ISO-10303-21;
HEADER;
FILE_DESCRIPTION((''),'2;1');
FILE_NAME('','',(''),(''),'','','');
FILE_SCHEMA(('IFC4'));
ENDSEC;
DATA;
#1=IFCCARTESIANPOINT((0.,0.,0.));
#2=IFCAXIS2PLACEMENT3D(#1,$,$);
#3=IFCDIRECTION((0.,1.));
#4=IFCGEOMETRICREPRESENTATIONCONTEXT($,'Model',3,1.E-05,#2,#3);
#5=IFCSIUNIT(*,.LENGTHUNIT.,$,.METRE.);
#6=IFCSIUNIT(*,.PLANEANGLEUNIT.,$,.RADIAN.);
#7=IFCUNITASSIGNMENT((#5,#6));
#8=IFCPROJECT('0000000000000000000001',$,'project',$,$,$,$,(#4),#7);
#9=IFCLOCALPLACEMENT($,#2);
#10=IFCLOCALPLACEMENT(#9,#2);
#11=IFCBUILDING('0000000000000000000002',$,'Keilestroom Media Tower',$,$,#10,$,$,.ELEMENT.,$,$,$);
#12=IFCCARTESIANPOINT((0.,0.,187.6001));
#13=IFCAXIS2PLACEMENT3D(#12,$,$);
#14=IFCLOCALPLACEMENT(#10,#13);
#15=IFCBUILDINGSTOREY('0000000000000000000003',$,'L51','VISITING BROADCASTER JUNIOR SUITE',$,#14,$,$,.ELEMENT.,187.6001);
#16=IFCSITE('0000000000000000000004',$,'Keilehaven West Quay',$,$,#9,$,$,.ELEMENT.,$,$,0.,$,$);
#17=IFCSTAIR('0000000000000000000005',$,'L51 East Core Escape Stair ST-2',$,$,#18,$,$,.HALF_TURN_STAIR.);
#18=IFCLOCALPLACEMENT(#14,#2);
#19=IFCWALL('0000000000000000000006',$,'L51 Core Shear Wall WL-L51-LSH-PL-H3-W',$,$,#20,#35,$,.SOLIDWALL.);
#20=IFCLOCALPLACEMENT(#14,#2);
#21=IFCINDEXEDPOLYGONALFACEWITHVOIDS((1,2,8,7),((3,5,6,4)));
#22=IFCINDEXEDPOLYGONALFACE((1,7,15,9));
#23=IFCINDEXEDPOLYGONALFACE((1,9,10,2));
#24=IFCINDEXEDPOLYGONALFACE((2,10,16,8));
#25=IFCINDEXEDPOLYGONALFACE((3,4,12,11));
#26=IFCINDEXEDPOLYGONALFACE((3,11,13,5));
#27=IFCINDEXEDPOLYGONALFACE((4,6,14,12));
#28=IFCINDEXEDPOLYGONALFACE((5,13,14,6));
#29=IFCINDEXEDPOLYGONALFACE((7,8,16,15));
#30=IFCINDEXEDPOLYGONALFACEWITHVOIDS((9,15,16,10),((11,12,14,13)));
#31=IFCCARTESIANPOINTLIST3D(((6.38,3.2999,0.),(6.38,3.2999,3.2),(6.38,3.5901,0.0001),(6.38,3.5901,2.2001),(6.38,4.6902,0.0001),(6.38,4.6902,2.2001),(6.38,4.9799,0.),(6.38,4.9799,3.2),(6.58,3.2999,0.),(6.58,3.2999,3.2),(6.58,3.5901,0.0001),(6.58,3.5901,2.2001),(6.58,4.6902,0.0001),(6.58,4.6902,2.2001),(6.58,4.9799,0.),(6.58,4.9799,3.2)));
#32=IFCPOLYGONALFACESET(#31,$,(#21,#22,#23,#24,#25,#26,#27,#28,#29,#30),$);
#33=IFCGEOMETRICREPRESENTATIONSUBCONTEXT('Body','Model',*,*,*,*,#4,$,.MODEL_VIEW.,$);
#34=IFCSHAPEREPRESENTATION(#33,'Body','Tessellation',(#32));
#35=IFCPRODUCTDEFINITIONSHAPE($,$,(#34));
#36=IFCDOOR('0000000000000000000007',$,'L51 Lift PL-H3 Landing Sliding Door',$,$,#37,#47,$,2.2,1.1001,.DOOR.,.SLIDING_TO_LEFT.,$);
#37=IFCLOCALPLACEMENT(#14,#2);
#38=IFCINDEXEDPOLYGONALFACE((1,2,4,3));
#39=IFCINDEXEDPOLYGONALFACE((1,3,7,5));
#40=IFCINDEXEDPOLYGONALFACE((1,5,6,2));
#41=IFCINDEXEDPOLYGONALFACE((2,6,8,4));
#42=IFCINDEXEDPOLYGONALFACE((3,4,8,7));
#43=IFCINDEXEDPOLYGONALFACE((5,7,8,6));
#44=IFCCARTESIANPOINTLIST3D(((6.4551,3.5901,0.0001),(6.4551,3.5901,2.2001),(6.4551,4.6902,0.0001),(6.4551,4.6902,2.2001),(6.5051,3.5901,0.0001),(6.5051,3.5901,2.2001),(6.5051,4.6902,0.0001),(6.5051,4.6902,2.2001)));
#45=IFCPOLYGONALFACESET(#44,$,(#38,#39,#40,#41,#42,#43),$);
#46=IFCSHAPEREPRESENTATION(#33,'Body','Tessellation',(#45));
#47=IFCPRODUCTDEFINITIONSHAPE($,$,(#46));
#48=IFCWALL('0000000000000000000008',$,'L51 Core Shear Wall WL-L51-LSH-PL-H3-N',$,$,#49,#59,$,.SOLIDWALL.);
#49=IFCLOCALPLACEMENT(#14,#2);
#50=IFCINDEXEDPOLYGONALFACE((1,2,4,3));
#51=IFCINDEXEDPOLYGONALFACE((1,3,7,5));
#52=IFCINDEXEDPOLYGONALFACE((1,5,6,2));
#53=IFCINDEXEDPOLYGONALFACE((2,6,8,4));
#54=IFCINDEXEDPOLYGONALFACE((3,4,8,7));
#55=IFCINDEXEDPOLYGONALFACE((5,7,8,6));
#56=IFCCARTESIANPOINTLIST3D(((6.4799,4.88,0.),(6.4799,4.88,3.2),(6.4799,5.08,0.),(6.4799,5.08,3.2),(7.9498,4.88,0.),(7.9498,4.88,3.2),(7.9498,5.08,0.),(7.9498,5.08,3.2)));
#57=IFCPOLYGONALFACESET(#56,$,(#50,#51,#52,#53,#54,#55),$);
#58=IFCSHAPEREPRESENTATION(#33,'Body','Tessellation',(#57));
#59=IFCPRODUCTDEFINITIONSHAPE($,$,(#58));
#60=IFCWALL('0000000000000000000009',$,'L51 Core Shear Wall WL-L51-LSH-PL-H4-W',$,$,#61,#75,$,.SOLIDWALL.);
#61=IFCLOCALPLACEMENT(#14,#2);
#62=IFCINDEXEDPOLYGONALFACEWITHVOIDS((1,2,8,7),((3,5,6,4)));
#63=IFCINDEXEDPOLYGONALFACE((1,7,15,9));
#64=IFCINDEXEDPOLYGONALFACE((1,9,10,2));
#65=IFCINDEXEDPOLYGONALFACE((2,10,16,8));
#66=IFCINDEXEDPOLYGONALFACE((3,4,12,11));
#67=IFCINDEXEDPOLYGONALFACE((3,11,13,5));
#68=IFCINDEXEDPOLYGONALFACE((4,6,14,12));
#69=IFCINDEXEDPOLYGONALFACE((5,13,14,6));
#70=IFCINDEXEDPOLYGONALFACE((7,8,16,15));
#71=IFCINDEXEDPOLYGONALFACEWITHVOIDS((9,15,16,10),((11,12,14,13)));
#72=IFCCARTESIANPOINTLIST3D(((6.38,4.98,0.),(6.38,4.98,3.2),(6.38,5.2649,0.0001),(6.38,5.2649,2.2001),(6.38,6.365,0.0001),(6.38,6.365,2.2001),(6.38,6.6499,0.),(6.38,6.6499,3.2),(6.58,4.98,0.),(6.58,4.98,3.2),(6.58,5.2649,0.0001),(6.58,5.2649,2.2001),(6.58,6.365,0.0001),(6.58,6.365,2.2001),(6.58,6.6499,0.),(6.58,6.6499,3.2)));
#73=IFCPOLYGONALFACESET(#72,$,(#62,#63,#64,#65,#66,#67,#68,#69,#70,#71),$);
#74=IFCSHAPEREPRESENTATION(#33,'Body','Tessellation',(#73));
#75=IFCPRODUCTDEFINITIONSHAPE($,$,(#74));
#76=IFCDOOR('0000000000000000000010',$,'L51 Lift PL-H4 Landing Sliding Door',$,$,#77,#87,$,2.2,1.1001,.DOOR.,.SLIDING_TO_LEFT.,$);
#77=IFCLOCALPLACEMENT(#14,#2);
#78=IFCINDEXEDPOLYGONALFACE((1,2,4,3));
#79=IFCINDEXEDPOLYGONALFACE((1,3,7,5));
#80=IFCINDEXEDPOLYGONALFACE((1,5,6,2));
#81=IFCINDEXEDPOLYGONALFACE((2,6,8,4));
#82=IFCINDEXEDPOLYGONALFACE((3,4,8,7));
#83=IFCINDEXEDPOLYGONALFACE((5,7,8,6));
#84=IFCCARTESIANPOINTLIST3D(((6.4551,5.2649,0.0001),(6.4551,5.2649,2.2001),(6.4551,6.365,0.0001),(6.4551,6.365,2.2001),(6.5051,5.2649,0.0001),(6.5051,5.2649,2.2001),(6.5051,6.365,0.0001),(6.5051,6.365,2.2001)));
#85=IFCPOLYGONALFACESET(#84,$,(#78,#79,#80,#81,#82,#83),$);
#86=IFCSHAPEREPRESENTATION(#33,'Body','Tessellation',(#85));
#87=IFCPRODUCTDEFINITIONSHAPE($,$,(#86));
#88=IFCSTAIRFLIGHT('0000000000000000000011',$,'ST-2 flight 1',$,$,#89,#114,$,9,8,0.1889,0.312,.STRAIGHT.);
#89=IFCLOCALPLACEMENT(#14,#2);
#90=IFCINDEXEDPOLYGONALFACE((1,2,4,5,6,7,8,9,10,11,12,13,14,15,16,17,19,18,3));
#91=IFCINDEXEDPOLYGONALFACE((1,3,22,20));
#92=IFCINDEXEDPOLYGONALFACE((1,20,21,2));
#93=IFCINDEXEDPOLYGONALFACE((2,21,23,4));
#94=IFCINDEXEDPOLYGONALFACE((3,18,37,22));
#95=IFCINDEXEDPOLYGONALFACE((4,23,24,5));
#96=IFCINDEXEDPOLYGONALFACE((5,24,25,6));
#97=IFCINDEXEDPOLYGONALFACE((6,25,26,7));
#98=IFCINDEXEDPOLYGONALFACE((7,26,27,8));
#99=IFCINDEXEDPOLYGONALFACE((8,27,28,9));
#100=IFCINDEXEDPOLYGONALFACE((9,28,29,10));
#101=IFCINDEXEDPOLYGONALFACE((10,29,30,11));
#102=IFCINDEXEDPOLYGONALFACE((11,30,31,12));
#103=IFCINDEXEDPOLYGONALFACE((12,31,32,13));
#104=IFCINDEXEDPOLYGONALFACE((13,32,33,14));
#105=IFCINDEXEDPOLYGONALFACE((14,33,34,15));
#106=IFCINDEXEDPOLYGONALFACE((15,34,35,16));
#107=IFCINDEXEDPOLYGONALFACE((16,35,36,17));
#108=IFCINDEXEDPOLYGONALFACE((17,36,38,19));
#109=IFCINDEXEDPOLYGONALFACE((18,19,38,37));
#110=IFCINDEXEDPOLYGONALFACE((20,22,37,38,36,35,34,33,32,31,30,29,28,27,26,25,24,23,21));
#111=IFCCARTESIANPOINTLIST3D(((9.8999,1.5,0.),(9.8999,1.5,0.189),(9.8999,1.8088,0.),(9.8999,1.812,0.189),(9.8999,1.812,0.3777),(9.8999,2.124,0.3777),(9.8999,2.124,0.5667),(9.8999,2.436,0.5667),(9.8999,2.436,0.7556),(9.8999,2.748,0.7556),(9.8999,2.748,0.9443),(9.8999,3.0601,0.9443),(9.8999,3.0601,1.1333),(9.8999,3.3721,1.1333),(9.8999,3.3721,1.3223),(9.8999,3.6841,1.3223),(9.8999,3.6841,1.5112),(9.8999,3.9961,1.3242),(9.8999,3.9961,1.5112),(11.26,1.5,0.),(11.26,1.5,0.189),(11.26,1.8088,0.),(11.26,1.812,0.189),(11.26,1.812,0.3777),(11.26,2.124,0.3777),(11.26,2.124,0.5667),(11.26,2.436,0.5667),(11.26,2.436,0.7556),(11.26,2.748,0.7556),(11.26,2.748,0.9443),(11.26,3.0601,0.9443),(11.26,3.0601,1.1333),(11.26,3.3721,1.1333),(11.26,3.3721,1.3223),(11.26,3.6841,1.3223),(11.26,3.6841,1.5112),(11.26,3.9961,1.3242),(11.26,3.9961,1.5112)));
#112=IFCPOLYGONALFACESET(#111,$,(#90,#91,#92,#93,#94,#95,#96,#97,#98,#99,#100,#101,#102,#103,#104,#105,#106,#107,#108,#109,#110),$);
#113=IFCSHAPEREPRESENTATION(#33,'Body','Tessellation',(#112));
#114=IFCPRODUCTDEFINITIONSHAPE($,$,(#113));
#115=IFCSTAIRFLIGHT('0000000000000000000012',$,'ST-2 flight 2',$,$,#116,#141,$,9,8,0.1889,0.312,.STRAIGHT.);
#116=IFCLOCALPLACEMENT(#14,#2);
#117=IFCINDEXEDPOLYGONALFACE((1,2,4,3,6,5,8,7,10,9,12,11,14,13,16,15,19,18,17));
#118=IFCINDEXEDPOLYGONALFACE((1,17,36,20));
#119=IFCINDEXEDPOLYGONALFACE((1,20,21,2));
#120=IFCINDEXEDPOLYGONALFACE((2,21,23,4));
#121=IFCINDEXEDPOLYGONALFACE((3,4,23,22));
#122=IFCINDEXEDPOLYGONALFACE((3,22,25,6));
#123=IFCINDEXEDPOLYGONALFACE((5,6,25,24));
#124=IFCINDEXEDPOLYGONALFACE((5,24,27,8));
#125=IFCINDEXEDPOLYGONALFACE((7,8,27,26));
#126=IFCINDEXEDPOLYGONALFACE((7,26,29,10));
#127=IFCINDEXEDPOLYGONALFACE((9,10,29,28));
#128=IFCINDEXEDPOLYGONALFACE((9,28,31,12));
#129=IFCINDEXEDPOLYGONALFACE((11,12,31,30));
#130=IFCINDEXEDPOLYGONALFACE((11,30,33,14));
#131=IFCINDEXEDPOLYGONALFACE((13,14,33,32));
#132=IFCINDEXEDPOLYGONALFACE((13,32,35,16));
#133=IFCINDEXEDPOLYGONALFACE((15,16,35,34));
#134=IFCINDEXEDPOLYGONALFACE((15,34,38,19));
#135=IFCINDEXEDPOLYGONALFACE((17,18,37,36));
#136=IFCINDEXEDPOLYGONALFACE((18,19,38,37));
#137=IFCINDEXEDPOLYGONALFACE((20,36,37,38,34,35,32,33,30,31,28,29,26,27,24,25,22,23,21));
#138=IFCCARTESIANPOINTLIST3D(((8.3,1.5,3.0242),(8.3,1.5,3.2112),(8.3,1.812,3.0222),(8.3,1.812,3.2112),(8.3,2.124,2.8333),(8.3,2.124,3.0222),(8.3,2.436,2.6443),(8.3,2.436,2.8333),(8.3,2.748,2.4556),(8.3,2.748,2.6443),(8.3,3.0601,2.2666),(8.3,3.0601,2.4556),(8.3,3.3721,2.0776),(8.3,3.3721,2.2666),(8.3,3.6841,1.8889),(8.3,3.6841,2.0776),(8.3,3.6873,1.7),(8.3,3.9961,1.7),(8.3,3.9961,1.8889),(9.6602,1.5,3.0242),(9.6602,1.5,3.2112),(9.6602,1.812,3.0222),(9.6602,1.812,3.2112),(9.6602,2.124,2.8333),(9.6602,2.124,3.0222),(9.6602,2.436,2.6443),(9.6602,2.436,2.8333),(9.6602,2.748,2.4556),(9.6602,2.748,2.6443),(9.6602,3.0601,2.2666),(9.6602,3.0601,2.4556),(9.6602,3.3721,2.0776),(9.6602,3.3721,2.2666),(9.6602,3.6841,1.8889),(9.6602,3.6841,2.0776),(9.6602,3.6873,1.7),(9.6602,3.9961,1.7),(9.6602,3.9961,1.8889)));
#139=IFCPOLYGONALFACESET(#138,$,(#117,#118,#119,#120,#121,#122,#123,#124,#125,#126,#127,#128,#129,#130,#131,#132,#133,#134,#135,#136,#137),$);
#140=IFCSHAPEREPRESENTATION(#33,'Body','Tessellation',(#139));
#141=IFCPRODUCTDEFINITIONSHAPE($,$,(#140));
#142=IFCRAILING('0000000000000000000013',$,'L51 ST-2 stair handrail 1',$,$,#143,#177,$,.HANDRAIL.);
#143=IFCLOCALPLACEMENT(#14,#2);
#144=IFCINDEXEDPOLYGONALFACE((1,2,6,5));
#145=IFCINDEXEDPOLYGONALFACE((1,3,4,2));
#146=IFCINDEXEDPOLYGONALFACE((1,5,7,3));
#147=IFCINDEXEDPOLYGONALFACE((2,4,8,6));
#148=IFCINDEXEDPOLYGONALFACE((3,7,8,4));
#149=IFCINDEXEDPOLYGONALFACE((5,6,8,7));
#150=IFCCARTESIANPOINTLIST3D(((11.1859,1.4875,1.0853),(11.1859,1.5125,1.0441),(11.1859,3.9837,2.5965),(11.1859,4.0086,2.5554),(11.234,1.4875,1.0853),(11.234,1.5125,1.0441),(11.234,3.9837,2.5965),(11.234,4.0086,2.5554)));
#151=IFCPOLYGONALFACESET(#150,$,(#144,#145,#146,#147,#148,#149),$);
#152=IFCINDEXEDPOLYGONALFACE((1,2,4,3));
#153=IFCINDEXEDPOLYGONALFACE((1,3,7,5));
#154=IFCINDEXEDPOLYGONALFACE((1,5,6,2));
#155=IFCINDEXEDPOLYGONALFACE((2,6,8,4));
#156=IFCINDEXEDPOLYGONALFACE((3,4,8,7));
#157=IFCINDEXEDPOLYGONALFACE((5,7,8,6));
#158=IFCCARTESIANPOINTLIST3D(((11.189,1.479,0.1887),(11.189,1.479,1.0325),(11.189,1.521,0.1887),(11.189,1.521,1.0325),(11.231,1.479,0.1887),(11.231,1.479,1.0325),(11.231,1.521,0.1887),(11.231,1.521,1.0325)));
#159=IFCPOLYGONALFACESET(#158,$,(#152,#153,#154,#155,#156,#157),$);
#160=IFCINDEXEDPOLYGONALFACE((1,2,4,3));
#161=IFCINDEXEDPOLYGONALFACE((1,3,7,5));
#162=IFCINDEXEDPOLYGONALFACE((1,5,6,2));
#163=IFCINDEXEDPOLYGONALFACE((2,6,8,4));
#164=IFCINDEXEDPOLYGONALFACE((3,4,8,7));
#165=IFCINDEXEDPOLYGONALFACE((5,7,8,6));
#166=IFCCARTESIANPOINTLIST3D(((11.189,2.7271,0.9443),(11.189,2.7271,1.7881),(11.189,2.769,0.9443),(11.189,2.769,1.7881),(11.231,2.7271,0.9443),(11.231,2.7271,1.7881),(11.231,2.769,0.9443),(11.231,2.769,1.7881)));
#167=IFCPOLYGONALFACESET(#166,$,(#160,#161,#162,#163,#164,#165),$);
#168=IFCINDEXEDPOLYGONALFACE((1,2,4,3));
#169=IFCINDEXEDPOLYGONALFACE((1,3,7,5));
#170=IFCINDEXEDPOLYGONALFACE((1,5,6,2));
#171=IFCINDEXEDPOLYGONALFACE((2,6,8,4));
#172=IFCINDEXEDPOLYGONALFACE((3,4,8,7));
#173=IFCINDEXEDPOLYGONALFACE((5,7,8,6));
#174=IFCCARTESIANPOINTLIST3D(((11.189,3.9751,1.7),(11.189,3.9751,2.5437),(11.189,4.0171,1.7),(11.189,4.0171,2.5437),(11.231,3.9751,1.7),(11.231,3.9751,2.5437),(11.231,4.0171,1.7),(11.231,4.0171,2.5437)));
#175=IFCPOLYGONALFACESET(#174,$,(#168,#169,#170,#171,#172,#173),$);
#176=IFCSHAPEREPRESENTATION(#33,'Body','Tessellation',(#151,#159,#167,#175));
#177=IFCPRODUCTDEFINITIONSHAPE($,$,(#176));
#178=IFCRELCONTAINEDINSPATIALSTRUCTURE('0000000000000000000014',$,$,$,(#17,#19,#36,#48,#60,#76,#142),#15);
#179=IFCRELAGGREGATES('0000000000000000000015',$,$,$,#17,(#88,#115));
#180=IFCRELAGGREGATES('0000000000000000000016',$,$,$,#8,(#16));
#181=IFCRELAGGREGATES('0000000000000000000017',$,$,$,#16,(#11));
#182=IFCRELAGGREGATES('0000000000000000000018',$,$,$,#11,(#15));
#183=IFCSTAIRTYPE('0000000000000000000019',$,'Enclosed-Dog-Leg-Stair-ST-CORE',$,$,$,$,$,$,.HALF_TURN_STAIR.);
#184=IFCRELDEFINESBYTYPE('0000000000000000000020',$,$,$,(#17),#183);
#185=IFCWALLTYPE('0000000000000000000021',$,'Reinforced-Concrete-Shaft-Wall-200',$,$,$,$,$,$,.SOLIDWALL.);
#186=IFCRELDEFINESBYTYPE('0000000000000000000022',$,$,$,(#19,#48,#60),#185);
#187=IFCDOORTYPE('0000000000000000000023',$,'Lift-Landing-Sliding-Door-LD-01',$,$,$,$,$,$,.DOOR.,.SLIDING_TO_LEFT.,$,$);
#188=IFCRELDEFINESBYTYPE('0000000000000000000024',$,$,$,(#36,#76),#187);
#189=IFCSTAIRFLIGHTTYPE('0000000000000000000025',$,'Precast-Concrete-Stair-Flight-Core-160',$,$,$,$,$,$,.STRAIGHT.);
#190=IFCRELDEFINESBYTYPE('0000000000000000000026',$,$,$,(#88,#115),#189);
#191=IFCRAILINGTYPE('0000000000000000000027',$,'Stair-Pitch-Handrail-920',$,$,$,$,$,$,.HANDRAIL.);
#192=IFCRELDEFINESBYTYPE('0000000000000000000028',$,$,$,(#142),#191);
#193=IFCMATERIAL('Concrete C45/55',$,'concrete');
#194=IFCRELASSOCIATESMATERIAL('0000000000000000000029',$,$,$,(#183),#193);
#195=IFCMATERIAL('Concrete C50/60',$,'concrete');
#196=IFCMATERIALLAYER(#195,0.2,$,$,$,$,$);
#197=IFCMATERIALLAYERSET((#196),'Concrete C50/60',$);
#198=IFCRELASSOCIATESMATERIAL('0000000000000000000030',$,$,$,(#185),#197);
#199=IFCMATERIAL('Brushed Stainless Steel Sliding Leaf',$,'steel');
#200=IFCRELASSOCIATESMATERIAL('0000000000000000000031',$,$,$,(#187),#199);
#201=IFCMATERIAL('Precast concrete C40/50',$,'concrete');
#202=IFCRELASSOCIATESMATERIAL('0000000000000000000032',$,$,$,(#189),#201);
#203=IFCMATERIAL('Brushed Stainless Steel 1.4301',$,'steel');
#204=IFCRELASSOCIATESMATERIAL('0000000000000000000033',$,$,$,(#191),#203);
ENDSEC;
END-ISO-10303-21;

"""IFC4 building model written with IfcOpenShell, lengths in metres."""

from ifc_helpers import new_model, si_unit, direction, frame, frame_2d, origin, origin_2d, place, context, subcontext, project, spatial, polyline, rectangle, outline, extrude, source, transform, mapped, material, layer, layer_set, type_object, element, fill, aggregate, save


model = new_model("IFC4")

# Units and contexts
model_context = context("Model", 3, precision=1e-05, world=origin(), true_north=direction((0.0, 1.0)))
body_context = subcontext(model_context, "Body", "Model", "MODEL_VIEW")
ifc_project = project(units=[si_unit("LENGTHUNIT", "METRE"), si_unit("PLANEANGLEUNIT", "RADIAN")], contexts=[model_context])

# Site, building, storey
site_placement = place(None, origin())
site = spatial("IfcSite", under=ifc_project, at=site_placement, Name="Keilehaven West Quay", CompositionType="ELEMENT", RefElevation=0.0)
building_placement = place(site_placement, origin())
building = spatial("IfcBuilding", under=site, at=building_placement, Name="Keilestroom Media Tower", CompositionType="ELEMENT")
storey_placement = place(building_placement, frame((0.0, 0.0, 187.6001)))
storey = spatial("IfcBuildingStorey", under=building, at=storey_placement, Name="L51", Description="VISITING BROADCASTER JUNIOR SUITE", CompositionType="ELEMENT", Elevation=187.6001)

# Stair
ifc_material_1 = material(Name="Concrete C45/55", Category="concrete")
stair_type = type_object("IfcStairType", Name="Enclosed-Dog-Leg-Stair-ST-CORE", PredefinedType="HALF_TURN_STAIR", material=ifc_material_1)
stair_1_placement = place(storey_placement, origin())
stair_1 = element("IfcStair", 1, at=stair_1_placement, inside=storey, type_object=stair_type, Name="L51 East Core Escape Stair ST-2", PredefinedType="HALF_TURN_STAIR")

# Shared definitions
ifc_material_2 = material(Name="Concrete C50/60", Category="concrete")
ifc_layer_1 = layer(ifc_material_2, 0.2)
ifc_layer_set_1 = layer_set([ifc_layer_1], Name="Concrete C50/60")
wall_type_1 = type_object("IfcWallType", Name="Reinforced-Concrete-Shaft-Wall-200", PredefinedType="SOLIDWALL", material=ifc_layer_set_1)

# Wall, opening, door
wall_1_placement = place(storey_placement, frame((6.48, 3.3, 0.0), z_axis=(0.0, 0.0, 1.0), x_axis=(0.0, 1.0, 0.0)))
wall_1 = element("IfcWall", 2, at=wall_1_placement, inside=storey, type_object=wall_type_1, Name="L51 Core Shear Wall WL-L51-LSH-PL-H3-W", PredefinedType="SOLIDWALL", context=body_context, shape_type="SweptSolid", body=[
    extrude(rectangle(XDim=1.6799, YDim=0.2, at=frame_2d((0.8398, 0.0))), origin(), (0.0, 0.0, 1.0), 3.2),
])
opening_1_placement = place(wall_1_placement, frame((0.29, 0.0, 0.0)))
opening_1 = element("IfcOpeningElement", 3, at=opening_1_placement, cuts=wall_1, PredefinedType="OPENING", context=body_context, shape_type="SweptSolid", body=[
    extrude(rectangle(XDim=1.1001, YDim=2.2, at=frame_2d((0.55, 1.1001))), frame((0.0, 0.1099, 0.0), z_axis=(0.0, -1.0, 0.0), x_axis=(1.0, 0.0, 0.0)), (0.0, 0.0, 1.0), 0.22),
])
ifc_material_3 = material(Name="Brushed Stainless Steel Sliding Leaf", Category="steel")
door_type_1 = type_object("IfcDoorType", Name="Lift-Landing-Sliding-Door-LD-01", OperationType="SLIDING_TO_LEFT", PredefinedType="DOOR", material=ifc_material_3)
shared_shape_1 = source(origin(), body_context, "Body", "SweptSolid", [
    extrude(rectangle(XDim=1.1001, YDim=2.2, at=frame_2d((0.55, 1.1001))), frame((0.0, 0.0249, 0.0), z_axis=(0.0, -1.0, 0.0), x_axis=(1.0, 0.0, 0.0)), (0.0, 0.0, 1.0), 0.05),
])
door_1_placement = place(opening_1_placement, origin())
door_1 = element("IfcDoor", 4, at=door_1_placement, inside=storey, type_object=door_type_1, Name="L51 Lift PL-H3 Landing Sliding Door", OperationType="SLIDING_TO_LEFT", OverallHeight=2.2, OverallWidth=1.1001, PredefinedType="DOOR", context=body_context, shape_type="MappedRepresentation", body=[
    mapped(shared_shape_1, transform((0.0, 0.0, 0.0), x_axis=(1.0, 0.0, 0.0), y_axis=(0.0, 1.0, 0.0), z_axis=(0.0, 0.0, 1.0), scale=1.0)),
])
fill(opening_1, door_1)

# Wall
wall_2_placement = place(storey_placement, frame((6.48, 4.98, 0.0), z_axis=(0.0, 0.0, 1.0), x_axis=(1.0, 0.0, 0.0)))
element("IfcWall", 5, at=wall_2_placement, inside=storey, type_object=wall_type_1, Name="L51 Core Shear Wall WL-L51-LSH-PL-H3-N", PredefinedType="SOLIDWALL", context=body_context, shape_type="SweptSolid", body=[
    extrude(rectangle(XDim=1.47, YDim=0.2, at=frame_2d((0.7349, 0.0))), origin(), (0.0, 0.0, 1.0), 3.2),
])

# Wall, opening, door
wall_3_placement = place(storey_placement, frame((6.48, 4.98, 0.0), z_axis=(0.0, 0.0, 1.0), x_axis=(0.0, 1.0, 0.0)))
wall_3 = element("IfcWall", 6, at=wall_3_placement, inside=storey, type_object=wall_type_1, Name="L51 Core Shear Wall WL-L51-LSH-PL-H4-W", PredefinedType="SOLIDWALL", context=body_context, shape_type="SweptSolid", body=[
    extrude(rectangle(XDim=1.6699, YDim=0.2, at=frame_2d((0.835, 0.0))), origin(), (0.0, 0.0, 1.0), 3.2),
])
opening_2_placement = place(wall_3_placement, frame((0.2849, 0.0, 0.0)))
opening_2 = element("IfcOpeningElement", 7, at=opening_2_placement, cuts=wall_3, PredefinedType="OPENING", context=body_context, shape_type="SweptSolid", body=[
    extrude(rectangle(XDim=1.1001, YDim=2.2, at=frame_2d((0.55, 1.1001))), frame((0.0, 0.1099, 0.0), z_axis=(0.0, -1.0, 0.0), x_axis=(1.0, 0.0, 0.0)), (0.0, 0.0, 1.0), 0.22),
])
door_2_placement = place(opening_2_placement, origin())
door_2 = element("IfcDoor", 8, at=door_2_placement, inside=storey, type_object=door_type_1, Name="L51 Lift PL-H4 Landing Sliding Door", OperationType="SLIDING_TO_LEFT", OverallHeight=2.2, OverallWidth=1.1001, PredefinedType="DOOR", context=body_context, shape_type="MappedRepresentation", body=[
    mapped(shared_shape_1, transform((0.0, 0.0, 0.0), x_axis=(1.0, 0.0, 0.0), y_axis=(0.0, 1.0, 0.0), z_axis=(0.0, 0.0, 1.0), scale=1.0)),
])
fill(opening_2, door_2)

# Stair flights
ifc_material_4 = material(Name="Precast concrete C40/50", Category="concrete")
stair_flight_type = type_object("IfcStairFlightType", Name="Precast-Concrete-Stair-Flight-Core-160", PredefinedType="STRAIGHT", material=ifc_material_4)
stair_flight_1_placement = place(storey_placement, frame((10.5801, 1.5, 0.0), z_axis=(0.0, 0.0, 1.0), x_axis=(0.0, 1.0, 0.0)))
stair_flight_1 = element("IfcStairFlight", 9, at=stair_flight_1_placement, type_object=stair_flight_type, Name="ST-2 flight 1", NumberOfRisers=9, NumberOfTreads=8, PredefinedType="STRAIGHT", RiserHeight=0.1889, TreadLength=0.312, context=body_context, shape_type="SweptSolid", body=[
    extrude(outline(polyline([(0.0, 0.0), (0.0, 0.189), (0.312, 0.189), (0.312, 0.3777), (0.624, 0.3777), (0.624, 0.5667), (0.936, 0.5667), (0.936, 0.7556), (1.248, 0.7556), (1.248, 0.9443), (1.5601, 0.9443), (1.5601, 1.1333), (1.8721, 1.1333), (1.8721, 1.3223), (2.1841, 1.3223), (2.1841, 1.5112), (2.4961, 1.5112), (2.4961, 1.7), (2.4961, 1.3242), (0.3088, 0.0), (0.0, 0.0)])), frame((0.0, 0.6802, 0.0), z_axis=(0.0, -1.0, 0.0), x_axis=(1.0, 0.0, 0.0)), (0.0, 0.0, 1.0), 1.3601),
])
stair_flight_2_placement = place(storey_placement, frame((8.98, 3.9961, 1.7), z_axis=(0.0, 0.0, 1.0), x_axis=(0.0, -1.0, 0.0)))
stair_flight_2 = element("IfcStairFlight", 10, at=stair_flight_2_placement, type_object=stair_flight_type, Name="ST-2 flight 2", NumberOfRisers=9, NumberOfTreads=8, PredefinedType="STRAIGHT", RiserHeight=0.1889, TreadLength=0.312, context=body_context, shape_type="SweptSolid", body=[
    extrude(outline(polyline([(0.0, 0.0), (0.0, 0.189), (0.312, 0.189), (0.312, 0.3777), (0.624, 0.3777), (0.624, 0.5667), (0.936, 0.5667), (0.936, 0.7556), (1.248, 0.7556), (1.248, 0.9443), (1.5601, 0.9443), (1.5601, 1.1333), (1.8721, 1.1333), (1.8721, 1.3223), (2.1841, 1.3223), (2.1841, 1.5112), (2.4961, 1.5112), (2.4961, 1.7), (2.4961, 1.3242), (0.3088, 0.0), (0.0, 0.0)])), frame((0.0, 0.6802, 0.0), z_axis=(0.0, -1.0, 0.0), x_axis=(1.0, 0.0, 0.0)), (0.0, 0.0, 1.0), 1.3601),
])
aggregate(stair_1, [stair_flight_1, stair_flight_2])

# Railing
ifc_material_5 = material(Name="Brushed Stainless Steel 1.4301", Category="steel")
railing_type_1 = type_object("IfcRailingType", Name="Stair-Pitch-Handrail-920", PredefinedType="HANDRAIL", material=ifc_material_5)
railing_1_placement = place(storey_placement, frame((11.21, 1.5, 0.1887)))
element("IfcRailing", 11, at=railing_1_placement, inside=storey, type_object=railing_type_1, Name="L51 ST-2 stair handrail 1", PredefinedType="HANDRAIL", context=body_context, shape_type="SweptSolid", body=[
    extrude(rectangle(XDim=0.0481, YDim=0.0481, at=origin_2d()), frame((0.0, 0.0, 0.876), z_axis=(0.0, 0.855434, 0.517912), x_axis=(-1.0, 0.0, 0.0)), (0.0, 0.0, 1.0), 2.918),
    extrude(rectangle(XDim=0.042, YDim=0.042, at=origin_2d()), origin(), (0.0, 0.0, 1.0), 0.8438),
    extrude(rectangle(XDim=0.042, YDim=0.042, at=origin_2d()), frame((0.0, 1.248, 0.7556)), (0.0, 0.0, 1.0), 0.8438),
    extrude(rectangle(XDim=0.042, YDim=0.042, at=origin_2d()), frame((0.0, 2.4961, 1.5112)), (0.0, 0.0, 1.0), 0.8438),
])

save(model, "model.ifc")
